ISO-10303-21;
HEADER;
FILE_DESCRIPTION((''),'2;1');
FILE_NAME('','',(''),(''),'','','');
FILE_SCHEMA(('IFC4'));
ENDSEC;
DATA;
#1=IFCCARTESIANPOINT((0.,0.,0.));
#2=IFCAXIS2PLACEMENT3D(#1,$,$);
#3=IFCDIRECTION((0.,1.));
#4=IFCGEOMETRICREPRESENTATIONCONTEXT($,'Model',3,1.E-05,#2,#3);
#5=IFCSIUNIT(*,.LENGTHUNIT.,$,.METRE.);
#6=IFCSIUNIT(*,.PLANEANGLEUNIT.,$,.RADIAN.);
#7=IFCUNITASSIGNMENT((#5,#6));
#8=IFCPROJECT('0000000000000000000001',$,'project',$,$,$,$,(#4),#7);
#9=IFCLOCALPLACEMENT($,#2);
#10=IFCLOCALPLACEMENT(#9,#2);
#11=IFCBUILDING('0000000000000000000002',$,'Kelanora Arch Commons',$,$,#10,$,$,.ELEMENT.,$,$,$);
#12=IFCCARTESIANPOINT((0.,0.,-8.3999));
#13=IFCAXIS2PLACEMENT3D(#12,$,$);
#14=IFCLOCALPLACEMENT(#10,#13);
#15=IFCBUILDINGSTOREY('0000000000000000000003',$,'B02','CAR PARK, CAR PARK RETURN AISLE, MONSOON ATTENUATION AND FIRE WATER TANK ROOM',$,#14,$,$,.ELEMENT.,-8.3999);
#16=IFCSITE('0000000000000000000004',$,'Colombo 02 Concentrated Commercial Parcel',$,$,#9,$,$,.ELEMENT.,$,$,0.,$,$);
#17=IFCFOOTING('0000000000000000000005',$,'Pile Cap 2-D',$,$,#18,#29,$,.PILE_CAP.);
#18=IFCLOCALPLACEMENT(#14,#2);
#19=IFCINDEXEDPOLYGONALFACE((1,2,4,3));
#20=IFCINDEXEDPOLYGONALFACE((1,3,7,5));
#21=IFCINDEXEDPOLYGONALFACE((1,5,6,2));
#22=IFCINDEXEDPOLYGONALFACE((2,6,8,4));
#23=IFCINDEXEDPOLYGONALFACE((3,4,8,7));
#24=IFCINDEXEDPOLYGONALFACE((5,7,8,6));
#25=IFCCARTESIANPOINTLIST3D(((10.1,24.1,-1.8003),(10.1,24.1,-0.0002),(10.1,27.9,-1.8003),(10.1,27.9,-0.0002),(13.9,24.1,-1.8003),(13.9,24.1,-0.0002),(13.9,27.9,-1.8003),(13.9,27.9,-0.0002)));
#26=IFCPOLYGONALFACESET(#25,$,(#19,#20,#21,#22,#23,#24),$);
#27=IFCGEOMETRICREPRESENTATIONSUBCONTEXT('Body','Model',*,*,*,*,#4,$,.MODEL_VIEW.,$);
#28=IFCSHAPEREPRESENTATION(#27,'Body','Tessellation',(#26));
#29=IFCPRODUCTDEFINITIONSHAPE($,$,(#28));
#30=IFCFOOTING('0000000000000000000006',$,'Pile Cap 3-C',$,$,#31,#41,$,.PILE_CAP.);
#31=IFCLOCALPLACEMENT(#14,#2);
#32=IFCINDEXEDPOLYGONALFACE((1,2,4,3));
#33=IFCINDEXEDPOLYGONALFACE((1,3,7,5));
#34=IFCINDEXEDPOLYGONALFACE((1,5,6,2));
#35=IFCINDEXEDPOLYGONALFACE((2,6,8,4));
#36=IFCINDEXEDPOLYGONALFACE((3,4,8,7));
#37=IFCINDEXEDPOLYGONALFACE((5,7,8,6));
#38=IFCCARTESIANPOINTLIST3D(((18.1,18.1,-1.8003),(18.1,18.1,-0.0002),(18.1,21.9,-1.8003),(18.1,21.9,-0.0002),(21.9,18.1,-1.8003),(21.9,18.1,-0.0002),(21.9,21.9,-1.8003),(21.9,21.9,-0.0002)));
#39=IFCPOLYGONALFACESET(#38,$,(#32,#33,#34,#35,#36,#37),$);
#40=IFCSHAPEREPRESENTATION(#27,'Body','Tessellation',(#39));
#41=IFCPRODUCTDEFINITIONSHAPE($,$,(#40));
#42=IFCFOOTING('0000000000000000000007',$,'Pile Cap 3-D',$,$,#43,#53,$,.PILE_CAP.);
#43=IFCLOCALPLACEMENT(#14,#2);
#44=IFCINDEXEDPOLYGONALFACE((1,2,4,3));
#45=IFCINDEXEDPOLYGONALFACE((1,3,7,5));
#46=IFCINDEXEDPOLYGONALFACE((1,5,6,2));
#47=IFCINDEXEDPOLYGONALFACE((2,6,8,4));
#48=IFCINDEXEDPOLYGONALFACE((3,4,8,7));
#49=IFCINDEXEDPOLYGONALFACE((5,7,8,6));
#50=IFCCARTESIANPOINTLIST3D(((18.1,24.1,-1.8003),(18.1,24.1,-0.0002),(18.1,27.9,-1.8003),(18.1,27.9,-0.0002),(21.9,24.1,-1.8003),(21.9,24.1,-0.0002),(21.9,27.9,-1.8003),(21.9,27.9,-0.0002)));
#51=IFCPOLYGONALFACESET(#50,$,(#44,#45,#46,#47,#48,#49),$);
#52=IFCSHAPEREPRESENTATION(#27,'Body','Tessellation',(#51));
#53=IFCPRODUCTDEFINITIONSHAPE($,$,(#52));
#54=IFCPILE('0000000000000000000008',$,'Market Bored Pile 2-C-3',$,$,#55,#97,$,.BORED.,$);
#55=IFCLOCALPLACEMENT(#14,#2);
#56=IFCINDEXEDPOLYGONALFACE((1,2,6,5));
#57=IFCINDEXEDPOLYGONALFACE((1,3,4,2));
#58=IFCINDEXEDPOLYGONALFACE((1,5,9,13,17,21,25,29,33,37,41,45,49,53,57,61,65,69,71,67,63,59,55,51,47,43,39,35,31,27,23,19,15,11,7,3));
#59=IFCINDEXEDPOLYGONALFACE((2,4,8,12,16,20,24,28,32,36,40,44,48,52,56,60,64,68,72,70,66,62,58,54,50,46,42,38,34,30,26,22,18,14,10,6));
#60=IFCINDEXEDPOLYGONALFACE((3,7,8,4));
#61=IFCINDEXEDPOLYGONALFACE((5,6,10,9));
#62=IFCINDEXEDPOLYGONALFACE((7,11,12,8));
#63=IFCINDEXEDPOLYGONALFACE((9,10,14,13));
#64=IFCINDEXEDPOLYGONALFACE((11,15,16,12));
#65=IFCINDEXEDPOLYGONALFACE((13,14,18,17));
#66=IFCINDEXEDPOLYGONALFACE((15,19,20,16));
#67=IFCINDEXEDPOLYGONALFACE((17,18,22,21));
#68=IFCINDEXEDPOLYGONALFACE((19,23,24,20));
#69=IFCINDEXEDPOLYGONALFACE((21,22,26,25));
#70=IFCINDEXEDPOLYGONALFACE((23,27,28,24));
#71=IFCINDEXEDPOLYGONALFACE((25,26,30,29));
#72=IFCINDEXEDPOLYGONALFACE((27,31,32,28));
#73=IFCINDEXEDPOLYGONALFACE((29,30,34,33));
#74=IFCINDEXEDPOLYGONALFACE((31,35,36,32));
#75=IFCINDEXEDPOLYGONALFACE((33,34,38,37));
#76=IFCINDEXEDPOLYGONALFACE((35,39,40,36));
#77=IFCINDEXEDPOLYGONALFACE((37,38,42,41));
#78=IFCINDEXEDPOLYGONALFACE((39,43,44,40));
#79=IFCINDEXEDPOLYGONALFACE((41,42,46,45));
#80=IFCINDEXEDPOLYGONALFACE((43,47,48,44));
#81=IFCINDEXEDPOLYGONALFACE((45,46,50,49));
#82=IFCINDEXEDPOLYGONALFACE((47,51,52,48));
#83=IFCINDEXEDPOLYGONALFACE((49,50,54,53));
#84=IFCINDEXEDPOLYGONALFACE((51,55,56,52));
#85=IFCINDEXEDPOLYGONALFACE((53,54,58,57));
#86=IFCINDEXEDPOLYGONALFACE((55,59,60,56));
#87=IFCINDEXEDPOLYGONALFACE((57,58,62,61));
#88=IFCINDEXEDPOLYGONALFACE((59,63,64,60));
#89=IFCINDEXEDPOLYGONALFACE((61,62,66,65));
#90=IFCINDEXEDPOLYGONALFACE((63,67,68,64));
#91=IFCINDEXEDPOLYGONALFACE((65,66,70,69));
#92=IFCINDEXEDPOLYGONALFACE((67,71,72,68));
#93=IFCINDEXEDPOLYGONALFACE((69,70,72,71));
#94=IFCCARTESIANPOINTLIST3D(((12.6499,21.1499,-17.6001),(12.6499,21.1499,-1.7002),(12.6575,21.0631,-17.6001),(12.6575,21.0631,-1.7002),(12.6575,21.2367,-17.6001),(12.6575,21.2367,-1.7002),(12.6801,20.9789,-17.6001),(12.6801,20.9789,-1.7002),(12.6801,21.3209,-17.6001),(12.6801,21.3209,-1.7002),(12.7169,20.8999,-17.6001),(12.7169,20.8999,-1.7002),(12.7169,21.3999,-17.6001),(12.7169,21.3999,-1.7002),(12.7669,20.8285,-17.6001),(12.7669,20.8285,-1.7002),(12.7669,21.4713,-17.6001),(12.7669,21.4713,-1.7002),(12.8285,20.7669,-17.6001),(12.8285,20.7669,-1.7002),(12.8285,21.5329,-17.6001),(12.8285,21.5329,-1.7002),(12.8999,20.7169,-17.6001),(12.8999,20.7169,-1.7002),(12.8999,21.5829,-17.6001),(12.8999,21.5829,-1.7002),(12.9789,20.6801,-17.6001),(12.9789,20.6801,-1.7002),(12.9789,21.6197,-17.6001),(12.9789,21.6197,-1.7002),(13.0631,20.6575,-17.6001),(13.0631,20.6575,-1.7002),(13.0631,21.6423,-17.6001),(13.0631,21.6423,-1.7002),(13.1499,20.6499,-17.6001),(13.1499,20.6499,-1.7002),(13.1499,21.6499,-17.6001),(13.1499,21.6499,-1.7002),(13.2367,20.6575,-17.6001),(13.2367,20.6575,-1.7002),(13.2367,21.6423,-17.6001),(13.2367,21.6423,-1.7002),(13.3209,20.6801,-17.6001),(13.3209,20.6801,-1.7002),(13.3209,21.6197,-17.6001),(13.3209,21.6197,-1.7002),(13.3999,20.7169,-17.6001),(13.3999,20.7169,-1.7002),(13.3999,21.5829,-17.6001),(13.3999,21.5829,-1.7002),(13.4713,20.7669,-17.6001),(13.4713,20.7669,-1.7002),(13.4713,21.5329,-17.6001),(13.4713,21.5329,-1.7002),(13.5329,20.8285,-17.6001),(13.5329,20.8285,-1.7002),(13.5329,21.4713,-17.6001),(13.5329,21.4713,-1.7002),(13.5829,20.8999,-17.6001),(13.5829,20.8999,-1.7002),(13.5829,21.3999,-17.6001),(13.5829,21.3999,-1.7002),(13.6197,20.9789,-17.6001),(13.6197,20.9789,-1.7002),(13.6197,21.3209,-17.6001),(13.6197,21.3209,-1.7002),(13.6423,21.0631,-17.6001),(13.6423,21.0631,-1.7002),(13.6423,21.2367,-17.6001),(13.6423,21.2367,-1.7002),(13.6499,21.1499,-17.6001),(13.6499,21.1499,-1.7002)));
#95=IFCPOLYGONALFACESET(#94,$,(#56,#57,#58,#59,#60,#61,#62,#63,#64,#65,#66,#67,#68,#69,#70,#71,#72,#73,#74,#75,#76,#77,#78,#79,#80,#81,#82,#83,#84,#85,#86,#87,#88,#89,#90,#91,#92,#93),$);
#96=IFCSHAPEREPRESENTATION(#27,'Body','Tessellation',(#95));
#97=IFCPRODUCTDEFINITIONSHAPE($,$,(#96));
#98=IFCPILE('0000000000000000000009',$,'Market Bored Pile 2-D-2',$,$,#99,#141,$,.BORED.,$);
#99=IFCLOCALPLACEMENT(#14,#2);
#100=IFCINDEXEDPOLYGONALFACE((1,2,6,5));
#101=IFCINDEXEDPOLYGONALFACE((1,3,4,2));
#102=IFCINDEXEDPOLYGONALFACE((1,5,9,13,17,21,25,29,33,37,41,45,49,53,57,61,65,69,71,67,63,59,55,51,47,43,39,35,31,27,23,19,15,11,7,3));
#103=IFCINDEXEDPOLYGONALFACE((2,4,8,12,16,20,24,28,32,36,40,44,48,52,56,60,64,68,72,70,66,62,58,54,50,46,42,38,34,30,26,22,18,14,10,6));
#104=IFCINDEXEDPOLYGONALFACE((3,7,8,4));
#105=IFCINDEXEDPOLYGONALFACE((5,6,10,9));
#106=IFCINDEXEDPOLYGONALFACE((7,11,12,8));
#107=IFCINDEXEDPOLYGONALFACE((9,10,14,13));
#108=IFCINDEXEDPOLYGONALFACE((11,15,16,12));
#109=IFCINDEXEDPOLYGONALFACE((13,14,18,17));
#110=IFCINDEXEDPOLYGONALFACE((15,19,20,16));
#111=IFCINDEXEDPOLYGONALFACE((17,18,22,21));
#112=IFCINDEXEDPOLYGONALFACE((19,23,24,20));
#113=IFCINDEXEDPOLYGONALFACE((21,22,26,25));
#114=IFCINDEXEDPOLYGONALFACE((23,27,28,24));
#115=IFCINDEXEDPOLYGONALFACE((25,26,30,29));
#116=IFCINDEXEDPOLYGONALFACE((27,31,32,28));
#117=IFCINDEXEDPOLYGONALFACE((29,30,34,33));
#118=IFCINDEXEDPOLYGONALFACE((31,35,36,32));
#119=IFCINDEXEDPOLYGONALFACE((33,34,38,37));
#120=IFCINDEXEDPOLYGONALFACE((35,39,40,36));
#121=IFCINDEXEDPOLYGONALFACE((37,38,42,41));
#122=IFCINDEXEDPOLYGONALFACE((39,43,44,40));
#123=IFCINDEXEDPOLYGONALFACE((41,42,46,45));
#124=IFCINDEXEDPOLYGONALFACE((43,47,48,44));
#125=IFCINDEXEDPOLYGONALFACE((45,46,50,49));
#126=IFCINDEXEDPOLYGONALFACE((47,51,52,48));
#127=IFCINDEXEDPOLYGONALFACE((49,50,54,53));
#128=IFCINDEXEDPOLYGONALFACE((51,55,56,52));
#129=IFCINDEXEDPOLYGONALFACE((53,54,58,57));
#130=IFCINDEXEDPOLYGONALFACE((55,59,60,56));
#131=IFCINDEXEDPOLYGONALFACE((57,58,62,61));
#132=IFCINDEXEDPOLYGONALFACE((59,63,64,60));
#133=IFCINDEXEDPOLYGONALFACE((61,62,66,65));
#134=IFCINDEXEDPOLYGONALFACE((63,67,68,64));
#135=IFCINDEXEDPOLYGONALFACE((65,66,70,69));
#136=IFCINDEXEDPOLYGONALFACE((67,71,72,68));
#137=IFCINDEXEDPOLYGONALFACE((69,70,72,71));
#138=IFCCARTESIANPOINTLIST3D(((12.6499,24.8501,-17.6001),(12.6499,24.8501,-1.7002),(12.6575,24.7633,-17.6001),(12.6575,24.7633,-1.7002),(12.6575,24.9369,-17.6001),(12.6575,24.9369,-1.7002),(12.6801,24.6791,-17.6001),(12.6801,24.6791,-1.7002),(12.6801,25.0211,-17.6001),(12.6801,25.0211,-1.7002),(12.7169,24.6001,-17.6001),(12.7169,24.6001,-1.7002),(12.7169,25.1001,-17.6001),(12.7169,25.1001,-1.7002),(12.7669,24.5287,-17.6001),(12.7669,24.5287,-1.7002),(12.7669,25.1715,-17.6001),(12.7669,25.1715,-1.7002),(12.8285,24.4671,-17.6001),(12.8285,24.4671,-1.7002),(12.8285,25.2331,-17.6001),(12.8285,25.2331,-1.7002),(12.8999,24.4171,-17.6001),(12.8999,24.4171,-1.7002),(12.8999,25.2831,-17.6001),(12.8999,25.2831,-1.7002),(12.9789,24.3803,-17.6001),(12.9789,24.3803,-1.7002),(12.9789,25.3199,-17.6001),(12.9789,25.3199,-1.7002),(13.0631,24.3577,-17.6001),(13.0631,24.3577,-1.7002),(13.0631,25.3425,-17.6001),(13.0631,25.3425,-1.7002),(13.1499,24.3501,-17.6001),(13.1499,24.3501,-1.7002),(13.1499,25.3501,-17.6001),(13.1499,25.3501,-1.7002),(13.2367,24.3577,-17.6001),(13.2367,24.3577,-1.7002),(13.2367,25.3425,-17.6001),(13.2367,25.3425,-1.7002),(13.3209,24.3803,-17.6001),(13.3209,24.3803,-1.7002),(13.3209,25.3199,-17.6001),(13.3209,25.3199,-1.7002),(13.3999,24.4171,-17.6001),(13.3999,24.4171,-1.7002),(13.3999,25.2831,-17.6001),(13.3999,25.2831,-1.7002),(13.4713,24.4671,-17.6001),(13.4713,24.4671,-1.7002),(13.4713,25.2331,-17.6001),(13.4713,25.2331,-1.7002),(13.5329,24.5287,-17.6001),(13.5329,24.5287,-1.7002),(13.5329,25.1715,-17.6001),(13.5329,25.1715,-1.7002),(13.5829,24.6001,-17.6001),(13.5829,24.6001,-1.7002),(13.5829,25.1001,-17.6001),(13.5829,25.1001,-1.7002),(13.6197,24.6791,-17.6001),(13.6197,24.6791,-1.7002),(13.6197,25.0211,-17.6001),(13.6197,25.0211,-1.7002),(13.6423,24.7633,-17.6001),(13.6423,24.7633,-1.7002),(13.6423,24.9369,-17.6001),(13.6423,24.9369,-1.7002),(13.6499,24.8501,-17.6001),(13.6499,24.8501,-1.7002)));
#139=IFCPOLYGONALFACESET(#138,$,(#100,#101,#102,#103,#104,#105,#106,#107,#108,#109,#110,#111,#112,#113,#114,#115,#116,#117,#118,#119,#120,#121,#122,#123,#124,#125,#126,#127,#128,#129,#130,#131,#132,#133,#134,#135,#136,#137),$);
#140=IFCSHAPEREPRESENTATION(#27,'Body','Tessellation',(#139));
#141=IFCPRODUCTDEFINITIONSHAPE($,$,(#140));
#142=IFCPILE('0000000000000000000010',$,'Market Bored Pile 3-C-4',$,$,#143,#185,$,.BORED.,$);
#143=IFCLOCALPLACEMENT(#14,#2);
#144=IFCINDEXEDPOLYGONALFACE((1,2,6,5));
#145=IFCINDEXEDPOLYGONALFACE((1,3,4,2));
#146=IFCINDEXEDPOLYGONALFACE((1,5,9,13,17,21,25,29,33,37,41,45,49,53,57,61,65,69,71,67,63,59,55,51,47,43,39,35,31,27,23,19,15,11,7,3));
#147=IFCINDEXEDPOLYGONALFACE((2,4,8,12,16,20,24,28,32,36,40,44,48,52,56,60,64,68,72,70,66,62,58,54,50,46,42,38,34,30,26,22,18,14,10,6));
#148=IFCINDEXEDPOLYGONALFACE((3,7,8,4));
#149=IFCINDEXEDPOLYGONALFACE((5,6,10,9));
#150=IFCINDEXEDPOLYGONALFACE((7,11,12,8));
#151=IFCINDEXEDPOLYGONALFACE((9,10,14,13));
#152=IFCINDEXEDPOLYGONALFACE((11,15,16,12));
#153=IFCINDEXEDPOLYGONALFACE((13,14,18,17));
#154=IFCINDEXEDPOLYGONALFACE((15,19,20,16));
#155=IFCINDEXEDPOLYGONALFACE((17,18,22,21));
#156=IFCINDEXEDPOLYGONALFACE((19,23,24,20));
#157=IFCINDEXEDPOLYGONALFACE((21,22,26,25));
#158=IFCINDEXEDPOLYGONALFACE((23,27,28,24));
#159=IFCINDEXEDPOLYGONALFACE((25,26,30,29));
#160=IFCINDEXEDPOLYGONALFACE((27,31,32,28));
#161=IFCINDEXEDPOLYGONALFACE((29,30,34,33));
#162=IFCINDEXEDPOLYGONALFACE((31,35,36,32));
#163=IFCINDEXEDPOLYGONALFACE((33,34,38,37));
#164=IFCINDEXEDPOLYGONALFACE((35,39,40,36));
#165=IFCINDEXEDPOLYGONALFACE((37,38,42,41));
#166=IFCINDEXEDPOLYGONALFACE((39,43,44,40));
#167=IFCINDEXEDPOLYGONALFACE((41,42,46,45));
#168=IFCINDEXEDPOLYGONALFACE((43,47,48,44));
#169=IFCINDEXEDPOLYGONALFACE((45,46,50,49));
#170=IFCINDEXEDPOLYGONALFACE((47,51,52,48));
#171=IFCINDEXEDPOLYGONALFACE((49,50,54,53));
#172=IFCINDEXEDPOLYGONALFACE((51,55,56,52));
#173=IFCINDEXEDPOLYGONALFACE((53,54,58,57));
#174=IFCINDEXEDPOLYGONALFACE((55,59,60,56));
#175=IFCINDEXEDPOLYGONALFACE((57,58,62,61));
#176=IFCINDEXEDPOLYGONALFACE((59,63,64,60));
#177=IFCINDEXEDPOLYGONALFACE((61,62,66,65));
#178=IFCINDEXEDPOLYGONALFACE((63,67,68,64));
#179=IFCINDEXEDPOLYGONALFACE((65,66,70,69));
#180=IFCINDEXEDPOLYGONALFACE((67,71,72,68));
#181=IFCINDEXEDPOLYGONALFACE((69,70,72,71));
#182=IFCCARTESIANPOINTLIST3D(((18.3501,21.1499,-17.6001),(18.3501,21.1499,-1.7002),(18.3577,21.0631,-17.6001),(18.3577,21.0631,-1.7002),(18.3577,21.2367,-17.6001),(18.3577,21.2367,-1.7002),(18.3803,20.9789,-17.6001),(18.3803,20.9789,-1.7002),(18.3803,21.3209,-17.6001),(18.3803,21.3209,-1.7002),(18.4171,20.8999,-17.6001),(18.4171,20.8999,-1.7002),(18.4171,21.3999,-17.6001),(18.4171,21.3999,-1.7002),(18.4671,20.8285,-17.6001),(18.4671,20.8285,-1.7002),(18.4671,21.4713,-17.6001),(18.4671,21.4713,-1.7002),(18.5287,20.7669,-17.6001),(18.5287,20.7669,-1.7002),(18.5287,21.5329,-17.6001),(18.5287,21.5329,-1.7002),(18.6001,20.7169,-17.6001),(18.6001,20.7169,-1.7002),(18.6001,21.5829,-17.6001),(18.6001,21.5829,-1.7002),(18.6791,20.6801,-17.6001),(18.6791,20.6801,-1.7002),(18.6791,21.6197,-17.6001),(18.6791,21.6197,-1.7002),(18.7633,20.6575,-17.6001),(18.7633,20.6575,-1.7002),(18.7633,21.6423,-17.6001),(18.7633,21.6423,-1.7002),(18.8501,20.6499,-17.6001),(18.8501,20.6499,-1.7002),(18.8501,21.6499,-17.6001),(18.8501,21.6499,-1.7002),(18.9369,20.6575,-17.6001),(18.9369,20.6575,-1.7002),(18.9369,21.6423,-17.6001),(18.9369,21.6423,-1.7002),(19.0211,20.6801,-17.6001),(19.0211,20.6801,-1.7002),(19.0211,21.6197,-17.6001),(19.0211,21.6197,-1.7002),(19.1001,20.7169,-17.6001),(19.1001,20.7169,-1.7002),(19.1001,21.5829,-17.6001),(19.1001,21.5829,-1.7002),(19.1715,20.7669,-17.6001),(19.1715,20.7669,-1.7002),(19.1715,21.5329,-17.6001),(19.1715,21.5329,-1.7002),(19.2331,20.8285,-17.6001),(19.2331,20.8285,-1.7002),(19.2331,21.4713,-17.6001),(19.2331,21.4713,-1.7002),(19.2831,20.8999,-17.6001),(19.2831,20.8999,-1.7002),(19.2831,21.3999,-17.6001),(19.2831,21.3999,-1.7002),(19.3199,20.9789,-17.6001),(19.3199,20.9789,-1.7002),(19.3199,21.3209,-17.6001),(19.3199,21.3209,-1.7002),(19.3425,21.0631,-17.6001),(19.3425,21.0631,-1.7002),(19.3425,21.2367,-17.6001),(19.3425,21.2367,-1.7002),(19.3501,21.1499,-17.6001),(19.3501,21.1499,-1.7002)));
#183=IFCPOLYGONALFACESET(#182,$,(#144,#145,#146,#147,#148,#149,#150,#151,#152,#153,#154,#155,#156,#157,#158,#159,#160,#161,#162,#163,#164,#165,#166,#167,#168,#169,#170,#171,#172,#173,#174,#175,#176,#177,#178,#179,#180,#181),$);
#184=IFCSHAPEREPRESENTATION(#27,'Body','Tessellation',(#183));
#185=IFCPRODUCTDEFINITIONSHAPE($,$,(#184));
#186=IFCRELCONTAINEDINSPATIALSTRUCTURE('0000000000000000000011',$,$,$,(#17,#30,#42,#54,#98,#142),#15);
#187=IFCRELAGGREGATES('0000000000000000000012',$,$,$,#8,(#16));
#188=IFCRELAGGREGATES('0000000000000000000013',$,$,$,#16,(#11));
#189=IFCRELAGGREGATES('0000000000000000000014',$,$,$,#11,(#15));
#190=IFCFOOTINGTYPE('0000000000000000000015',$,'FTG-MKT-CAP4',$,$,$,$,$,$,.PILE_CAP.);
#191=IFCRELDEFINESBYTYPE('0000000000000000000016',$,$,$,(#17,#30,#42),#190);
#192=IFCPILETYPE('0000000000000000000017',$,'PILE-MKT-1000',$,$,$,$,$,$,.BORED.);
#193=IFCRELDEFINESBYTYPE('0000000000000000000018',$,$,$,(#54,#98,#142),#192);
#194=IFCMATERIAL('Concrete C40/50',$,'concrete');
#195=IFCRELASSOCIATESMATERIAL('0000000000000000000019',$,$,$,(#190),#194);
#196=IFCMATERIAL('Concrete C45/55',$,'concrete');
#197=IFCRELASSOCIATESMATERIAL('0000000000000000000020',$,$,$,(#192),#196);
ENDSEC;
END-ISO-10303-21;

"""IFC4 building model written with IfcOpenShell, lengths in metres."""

from ifc_helpers import new_model, si_unit, direction, frame, origin, origin_2d, place, context, subcontext, project, spatial, rectangle, circle, extrude, source, transform, mapped, material, material_profile, profile_set, type_object, element, save


model = new_model("IFC4")

# Units and contexts
model_context = context("Model", 3, precision=1e-05, world=origin(), true_north=direction((0.0, 1.0)))
body_context = subcontext(model_context, "Body", "Model", "MODEL_VIEW")
ifc_project = project(units=[si_unit("LENGTHUNIT", "METRE"), si_unit("PLANEANGLEUNIT", "RADIAN")], contexts=[model_context])

# Site, building, storey
site_placement = place(None, origin())
site = spatial("IfcSite", under=ifc_project, at=site_placement, Name="Colombo 02 Concentrated Commercial Parcel", CompositionType="ELEMENT", RefElevation=0.0)
building_placement = place(site_placement, origin())
building = spatial("IfcBuilding", under=site, at=building_placement, Name="Kelanora Arch Commons", CompositionType="ELEMENT")
storey_placement = place(building_placement, frame((0.0, 0.0, -8.3999)))
storey = spatial("IfcBuildingStorey", under=building, at=storey_placement, Name="B02", Description="CAR PARK, CAR PARK RETURN AISLE, MONSOON ATTENUATION AND FIRE WATER TANK ROOM", CompositionType="ELEMENT", Elevation=-8.3999)

# Footings
ifc_material_1 = material(Name="Concrete C40/50", Category="concrete")
footing_type_1 = type_object("IfcFootingType", Name="FTG-MKT-CAP4", PredefinedType="PILE_CAP", material=ifc_material_1)
shared_shape_1 = source(origin(), body_context, "Body", "SweptSolid", [
    extrude(rectangle(XDim=3.8, YDim=3.8, at=origin_2d()), origin(), (0.0, 0.0, 1.0), 1.8),
])
for number, where, z_axis, x_axis, name in (
    (1, (12.0, 26.0, -1.8003), (0.0, 0.0, 1.0), (1.0, 0.0, 0.0), "Pile Cap 2-D"),
    (2, (20.0, 20.0, -1.8003), (0.0, 0.0, 1.0), (1.0, 0.0, 0.0), "Pile Cap 3-C"),
    (3, (20.0, 26.0, -1.8003), (0.0, 0.0, 1.0), (1.0, 0.0, 0.0), "Pile Cap 3-D"),
):
    element("IfcFooting", number, at=place(storey_placement, frame(where, z_axis=z_axis, x_axis=x_axis)), inside=storey, type_object=footing_type_1, Name=name, PredefinedType="PILE_CAP", context=body_context, shape_type="MappedRepresentation", body=[
        mapped(shared_shape_1, transform((0.0, 0.0, 0.0), scale=1.0)),
    ])

# Piles
ifc_material_2 = material(Name="Concrete C45/55", Category="concrete")
ifc_material_profile_1 = material_profile(ifc_material_2, circle(Radius=0.5, at=origin_2d()), Name="PILE1000")
ifc_profile_set_1 = profile_set([ifc_material_profile_1], Name="Concrete C45/55")
pile_type = type_object("IfcPileType", Name="PILE-MKT-1000", PredefinedType="BORED", material=ifc_profile_set_1)
shared_shape_2 = source(origin(), body_context, "Body", "SweptSolid", [
    extrude(circle(Radius=0.5, at=origin_2d()), origin(), (0.0, 0.0, 1.0), 15.8999),
])
for number, where, z_axis, x_axis, name in (
    (4, (13.1499, 21.1499, -1.7002), (0.0, 0.0, -1.0), (1.0, 0.0, 0.0), "Market Bored Pile 2-C-3"),
    (5, (13.1499, 24.8501, -1.7002), (0.0, 0.0, -1.0), (1.0, 0.0, 0.0), "Market Bored Pile 2-D-2"),
    (6, (18.8501, 21.1499, -1.7002), (0.0, 0.0, -1.0), (1.0, 0.0, 0.0), "Market Bored Pile 3-C-4"),
):
    element("IfcPile", number, at=place(storey_placement, frame(where, z_axis=z_axis, x_axis=x_axis)), inside=storey, type_object=pile_type, Name=name, PredefinedType="BORED", context=body_context, shape_type="MappedRepresentation", body=[
        mapped(shared_shape_2, transform((0.0, 0.0, 0.0), scale=1.0)),
    ])

save(model, "model.ifc")
